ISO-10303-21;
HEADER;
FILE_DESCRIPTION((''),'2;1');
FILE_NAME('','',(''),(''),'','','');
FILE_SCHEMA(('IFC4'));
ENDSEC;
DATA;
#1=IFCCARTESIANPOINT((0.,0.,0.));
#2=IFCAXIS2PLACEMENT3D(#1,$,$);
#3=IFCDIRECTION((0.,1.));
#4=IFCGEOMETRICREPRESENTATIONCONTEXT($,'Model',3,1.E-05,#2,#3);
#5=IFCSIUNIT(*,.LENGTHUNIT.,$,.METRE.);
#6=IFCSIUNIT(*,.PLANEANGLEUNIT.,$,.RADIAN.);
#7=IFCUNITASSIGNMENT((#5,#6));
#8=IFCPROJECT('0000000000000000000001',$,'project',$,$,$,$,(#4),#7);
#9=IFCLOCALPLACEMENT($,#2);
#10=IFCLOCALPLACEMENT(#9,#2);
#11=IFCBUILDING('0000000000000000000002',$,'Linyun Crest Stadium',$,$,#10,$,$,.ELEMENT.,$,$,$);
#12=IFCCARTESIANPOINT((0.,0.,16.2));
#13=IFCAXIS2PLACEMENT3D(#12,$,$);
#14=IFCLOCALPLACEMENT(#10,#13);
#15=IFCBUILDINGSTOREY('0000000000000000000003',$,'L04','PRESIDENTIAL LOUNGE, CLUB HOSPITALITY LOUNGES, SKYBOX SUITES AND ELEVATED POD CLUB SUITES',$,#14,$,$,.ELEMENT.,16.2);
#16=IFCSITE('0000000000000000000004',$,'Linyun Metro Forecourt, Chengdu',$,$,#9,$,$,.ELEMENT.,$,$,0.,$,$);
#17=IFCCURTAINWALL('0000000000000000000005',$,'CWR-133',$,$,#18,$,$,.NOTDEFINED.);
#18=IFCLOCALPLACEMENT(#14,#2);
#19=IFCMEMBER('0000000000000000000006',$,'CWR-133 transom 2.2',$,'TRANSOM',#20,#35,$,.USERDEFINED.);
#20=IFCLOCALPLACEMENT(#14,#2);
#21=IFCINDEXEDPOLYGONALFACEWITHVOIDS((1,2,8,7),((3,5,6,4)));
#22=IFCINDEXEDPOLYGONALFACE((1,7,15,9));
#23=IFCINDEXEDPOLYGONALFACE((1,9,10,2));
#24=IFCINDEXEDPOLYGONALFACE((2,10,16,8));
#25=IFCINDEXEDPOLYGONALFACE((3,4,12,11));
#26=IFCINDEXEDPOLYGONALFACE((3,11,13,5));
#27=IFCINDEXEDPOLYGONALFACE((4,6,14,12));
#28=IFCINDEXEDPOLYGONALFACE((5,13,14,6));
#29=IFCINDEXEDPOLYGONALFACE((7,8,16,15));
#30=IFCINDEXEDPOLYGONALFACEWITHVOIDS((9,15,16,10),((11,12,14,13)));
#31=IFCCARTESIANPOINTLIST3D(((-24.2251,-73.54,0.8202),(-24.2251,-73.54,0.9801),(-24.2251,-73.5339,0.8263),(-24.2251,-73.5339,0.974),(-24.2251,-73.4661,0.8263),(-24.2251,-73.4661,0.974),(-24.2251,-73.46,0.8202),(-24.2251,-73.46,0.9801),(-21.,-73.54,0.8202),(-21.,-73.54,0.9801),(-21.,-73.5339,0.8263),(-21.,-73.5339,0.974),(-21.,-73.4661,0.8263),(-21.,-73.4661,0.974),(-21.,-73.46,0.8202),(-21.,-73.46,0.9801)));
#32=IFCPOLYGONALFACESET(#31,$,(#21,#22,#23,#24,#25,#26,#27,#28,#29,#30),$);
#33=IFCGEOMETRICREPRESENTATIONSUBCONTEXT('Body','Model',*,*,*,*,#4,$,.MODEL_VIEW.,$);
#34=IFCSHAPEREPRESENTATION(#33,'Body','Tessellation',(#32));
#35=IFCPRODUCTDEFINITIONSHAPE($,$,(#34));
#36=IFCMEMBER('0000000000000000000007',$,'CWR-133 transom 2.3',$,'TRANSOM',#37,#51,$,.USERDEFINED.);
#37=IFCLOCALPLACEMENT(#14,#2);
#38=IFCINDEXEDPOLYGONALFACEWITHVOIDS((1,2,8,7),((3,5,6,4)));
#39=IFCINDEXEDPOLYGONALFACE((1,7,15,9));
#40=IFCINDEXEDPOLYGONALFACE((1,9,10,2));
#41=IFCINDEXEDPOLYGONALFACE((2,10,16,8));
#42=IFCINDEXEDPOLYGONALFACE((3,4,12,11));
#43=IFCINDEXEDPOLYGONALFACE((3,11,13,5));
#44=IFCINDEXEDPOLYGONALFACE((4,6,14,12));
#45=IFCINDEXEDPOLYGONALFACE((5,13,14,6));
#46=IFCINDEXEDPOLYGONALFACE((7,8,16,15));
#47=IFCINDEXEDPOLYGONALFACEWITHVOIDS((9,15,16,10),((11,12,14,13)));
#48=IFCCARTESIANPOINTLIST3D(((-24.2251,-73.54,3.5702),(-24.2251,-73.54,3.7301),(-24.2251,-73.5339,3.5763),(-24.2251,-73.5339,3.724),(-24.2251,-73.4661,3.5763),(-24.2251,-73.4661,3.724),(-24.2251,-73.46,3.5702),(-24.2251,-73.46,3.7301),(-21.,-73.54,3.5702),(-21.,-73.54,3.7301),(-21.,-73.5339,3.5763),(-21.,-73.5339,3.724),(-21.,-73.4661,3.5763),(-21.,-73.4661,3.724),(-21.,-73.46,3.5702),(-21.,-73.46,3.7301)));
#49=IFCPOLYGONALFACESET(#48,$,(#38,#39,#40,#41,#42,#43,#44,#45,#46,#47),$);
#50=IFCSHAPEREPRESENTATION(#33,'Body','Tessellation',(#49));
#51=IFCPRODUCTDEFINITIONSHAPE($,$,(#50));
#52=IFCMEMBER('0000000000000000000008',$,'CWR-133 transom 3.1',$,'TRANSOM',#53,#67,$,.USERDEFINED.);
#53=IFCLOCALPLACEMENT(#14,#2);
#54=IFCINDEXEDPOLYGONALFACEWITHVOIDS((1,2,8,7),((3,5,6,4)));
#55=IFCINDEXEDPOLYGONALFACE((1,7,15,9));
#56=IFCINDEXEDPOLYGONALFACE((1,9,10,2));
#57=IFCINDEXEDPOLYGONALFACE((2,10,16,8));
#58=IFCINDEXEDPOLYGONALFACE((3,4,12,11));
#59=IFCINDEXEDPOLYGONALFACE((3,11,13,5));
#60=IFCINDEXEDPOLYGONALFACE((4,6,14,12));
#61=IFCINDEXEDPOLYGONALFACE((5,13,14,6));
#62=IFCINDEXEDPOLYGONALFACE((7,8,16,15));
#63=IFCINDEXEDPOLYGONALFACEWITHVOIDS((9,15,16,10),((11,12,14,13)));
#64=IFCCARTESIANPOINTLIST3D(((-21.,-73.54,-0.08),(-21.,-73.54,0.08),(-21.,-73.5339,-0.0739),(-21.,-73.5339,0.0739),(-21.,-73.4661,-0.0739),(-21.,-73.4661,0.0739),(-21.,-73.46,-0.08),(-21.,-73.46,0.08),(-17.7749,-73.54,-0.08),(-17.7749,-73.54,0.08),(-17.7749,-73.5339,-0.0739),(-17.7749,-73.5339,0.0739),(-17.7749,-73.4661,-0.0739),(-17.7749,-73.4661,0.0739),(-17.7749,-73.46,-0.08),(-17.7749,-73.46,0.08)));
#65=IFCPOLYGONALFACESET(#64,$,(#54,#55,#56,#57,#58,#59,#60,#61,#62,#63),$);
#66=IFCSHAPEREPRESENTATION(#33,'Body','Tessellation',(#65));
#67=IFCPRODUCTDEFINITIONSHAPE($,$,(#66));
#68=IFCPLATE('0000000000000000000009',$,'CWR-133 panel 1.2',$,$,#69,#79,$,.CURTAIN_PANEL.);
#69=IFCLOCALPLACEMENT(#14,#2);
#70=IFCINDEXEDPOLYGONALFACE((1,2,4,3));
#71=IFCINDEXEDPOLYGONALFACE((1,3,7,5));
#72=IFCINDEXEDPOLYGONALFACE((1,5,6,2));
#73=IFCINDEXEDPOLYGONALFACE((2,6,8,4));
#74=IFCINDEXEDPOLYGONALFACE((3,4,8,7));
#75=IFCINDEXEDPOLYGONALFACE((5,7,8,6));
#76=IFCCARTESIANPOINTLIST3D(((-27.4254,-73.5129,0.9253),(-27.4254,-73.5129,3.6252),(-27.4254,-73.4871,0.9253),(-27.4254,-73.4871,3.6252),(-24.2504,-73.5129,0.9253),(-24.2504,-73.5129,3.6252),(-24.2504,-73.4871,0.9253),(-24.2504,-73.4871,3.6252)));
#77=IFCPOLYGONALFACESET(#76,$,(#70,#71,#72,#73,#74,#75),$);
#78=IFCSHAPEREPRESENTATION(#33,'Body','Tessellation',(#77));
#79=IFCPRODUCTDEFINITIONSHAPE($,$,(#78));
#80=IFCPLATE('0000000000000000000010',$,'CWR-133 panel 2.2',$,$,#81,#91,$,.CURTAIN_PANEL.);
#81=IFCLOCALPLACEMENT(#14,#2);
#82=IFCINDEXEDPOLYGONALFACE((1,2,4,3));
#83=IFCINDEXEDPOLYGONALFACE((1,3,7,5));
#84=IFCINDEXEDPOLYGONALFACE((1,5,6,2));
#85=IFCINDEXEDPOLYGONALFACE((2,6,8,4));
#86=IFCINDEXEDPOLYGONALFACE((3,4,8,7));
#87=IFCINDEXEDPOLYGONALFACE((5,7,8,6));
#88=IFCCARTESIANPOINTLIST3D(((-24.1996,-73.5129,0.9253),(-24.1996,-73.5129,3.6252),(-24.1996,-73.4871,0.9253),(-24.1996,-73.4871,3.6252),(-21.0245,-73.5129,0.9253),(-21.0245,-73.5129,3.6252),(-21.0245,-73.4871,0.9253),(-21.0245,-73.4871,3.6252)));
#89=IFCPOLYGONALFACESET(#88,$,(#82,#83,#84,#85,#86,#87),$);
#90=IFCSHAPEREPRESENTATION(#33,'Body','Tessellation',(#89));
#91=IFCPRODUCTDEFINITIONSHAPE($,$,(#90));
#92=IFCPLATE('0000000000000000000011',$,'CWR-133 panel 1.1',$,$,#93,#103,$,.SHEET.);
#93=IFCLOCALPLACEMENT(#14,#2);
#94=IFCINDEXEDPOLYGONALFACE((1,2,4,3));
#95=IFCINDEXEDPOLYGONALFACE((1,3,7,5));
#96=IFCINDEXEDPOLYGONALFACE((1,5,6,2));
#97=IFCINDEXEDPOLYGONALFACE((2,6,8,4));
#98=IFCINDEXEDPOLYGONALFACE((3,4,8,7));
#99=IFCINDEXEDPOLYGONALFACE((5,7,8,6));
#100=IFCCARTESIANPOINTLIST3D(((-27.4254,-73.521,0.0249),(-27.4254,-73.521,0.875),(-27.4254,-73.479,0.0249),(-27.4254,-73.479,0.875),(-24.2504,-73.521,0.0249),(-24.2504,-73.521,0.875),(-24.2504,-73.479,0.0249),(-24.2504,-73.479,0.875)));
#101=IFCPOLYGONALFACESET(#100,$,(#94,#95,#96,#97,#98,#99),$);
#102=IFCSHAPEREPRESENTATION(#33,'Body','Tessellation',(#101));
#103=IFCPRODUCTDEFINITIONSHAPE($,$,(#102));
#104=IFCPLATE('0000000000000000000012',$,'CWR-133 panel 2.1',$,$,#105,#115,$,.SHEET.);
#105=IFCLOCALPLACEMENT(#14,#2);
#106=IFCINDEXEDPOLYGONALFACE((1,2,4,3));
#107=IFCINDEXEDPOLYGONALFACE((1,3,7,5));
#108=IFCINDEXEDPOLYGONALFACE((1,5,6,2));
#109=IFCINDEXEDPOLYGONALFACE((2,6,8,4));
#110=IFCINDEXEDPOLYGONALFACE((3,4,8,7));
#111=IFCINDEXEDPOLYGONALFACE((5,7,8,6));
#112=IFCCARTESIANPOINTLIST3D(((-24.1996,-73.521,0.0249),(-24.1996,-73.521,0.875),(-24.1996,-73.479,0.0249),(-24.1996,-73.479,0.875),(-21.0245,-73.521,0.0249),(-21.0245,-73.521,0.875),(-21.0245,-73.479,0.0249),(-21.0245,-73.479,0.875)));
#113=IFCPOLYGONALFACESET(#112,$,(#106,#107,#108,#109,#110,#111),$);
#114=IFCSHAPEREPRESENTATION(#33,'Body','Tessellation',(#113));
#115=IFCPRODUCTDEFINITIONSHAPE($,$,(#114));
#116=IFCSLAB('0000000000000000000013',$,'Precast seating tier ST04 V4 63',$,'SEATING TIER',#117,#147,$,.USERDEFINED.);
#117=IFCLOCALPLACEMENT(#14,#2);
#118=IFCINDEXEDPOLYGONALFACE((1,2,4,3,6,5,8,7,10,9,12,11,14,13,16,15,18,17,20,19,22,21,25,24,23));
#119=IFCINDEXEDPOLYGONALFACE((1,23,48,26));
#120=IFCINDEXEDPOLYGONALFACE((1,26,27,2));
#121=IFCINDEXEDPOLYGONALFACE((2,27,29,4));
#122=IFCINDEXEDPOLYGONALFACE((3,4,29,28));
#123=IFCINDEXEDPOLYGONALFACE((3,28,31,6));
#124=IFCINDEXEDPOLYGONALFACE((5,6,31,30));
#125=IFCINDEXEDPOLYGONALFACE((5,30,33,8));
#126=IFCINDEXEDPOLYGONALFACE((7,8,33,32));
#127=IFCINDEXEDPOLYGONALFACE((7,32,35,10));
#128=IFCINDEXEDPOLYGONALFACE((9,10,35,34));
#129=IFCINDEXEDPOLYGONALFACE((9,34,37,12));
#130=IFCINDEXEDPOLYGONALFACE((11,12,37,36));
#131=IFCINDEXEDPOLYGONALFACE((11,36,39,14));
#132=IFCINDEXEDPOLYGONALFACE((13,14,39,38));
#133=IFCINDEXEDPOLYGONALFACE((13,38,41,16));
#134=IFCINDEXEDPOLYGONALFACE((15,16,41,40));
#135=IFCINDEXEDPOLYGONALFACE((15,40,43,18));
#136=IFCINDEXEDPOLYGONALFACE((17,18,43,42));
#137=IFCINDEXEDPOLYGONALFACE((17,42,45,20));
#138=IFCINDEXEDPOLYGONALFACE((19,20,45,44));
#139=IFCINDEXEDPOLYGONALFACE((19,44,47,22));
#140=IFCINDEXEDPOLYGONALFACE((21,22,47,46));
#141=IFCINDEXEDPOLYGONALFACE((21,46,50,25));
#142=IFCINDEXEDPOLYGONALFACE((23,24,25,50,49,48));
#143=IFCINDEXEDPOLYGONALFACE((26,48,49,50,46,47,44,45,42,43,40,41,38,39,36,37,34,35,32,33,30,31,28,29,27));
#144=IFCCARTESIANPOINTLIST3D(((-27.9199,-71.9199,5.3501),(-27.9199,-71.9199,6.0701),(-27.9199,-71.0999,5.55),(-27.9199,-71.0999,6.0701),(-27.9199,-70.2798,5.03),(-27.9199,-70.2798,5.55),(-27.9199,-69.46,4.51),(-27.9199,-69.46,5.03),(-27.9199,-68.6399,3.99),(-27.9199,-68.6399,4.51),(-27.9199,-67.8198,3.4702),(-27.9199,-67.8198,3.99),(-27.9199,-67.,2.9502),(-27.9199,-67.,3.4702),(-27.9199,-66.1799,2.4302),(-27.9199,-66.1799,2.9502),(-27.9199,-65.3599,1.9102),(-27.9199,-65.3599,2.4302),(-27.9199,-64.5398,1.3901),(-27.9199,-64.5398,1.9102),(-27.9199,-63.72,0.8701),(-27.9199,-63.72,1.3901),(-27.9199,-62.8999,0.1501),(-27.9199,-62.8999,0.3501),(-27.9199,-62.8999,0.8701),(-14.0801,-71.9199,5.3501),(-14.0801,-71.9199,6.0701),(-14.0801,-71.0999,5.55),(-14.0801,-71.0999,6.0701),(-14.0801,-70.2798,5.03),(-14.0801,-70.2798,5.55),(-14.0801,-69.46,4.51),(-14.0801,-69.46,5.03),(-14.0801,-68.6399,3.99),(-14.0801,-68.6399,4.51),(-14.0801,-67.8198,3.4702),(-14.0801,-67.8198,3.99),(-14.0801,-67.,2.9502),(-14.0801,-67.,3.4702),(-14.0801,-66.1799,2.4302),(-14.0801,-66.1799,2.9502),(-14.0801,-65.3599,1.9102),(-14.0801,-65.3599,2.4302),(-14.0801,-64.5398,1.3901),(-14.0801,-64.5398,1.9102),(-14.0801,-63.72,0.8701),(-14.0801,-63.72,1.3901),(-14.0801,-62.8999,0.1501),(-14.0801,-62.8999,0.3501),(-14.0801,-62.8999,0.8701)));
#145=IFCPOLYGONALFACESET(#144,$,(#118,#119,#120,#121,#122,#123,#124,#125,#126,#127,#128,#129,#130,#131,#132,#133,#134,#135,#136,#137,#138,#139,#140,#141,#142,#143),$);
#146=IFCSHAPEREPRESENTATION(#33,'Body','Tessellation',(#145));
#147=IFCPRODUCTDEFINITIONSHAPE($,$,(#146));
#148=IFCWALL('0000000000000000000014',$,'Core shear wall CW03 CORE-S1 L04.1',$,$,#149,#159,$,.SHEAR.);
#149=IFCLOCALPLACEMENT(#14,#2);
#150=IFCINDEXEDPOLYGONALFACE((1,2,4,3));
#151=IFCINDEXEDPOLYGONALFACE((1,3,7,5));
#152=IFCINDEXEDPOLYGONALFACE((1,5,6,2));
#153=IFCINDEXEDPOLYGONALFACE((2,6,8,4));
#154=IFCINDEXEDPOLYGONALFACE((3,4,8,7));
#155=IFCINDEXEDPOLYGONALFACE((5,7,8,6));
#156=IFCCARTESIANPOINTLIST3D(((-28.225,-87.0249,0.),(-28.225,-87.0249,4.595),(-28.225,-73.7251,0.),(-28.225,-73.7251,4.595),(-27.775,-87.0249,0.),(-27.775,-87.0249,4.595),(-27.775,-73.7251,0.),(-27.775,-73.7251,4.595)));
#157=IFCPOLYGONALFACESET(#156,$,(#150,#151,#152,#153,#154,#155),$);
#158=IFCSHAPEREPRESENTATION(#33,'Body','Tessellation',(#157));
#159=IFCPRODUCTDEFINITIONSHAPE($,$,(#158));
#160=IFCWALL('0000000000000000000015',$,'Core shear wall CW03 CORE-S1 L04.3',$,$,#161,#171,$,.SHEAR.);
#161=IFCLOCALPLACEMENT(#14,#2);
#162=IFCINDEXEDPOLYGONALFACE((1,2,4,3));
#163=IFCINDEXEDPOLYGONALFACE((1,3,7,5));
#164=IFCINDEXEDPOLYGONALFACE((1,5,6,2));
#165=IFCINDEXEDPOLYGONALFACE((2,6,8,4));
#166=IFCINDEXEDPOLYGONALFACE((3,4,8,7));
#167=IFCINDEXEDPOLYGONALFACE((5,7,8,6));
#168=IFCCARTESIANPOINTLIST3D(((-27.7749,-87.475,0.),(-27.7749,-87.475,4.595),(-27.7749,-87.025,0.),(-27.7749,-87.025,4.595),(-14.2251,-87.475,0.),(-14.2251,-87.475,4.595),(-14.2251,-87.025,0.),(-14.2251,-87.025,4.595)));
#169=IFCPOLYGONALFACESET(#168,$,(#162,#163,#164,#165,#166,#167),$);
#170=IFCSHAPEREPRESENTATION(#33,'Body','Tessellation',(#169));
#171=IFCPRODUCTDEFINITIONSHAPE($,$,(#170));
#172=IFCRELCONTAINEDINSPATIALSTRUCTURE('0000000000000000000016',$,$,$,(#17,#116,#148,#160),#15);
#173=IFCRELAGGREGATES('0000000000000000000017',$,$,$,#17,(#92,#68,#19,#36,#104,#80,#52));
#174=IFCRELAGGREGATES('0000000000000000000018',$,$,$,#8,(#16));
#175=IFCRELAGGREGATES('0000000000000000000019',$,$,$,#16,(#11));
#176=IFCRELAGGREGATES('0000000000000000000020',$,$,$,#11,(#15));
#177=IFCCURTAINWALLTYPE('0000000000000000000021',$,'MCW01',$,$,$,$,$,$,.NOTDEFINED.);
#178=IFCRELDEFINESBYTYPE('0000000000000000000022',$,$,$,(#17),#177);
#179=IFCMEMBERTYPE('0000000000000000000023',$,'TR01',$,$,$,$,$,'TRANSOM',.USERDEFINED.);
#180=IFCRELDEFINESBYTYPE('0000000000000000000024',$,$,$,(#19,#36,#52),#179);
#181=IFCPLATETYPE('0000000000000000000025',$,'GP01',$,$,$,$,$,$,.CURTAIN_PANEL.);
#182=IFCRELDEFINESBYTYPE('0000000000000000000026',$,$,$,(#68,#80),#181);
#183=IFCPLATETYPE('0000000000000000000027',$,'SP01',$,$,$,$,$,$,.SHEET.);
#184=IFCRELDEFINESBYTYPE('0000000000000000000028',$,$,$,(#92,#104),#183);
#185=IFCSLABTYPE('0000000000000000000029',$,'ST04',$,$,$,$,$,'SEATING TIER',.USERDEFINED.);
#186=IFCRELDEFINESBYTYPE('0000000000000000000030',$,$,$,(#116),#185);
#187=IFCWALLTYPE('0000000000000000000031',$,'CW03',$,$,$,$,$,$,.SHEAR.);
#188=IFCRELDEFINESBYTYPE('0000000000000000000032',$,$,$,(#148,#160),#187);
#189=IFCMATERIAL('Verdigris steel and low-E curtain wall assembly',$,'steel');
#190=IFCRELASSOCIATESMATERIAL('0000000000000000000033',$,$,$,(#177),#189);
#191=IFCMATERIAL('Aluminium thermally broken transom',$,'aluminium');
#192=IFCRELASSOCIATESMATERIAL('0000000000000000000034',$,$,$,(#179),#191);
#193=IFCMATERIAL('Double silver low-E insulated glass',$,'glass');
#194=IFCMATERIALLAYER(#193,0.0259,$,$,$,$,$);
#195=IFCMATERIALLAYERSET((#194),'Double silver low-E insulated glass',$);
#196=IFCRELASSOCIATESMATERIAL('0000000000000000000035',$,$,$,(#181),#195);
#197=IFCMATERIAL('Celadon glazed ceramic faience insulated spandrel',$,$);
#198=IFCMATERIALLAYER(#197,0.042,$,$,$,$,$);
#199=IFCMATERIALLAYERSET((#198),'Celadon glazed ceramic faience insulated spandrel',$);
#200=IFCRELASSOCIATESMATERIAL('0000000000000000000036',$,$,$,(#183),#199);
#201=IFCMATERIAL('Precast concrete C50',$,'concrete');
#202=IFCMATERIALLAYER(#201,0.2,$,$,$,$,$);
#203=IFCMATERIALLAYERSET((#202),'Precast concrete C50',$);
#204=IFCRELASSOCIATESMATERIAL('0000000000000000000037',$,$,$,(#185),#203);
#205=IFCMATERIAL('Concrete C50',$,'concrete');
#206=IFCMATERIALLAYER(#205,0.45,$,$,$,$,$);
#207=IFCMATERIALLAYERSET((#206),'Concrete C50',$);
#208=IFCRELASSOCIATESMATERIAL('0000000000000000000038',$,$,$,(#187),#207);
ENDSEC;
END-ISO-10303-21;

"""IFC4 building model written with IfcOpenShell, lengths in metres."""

from ifc_helpers import new_model, si_unit, direction, frame, frame_2d, origin, origin_2d, place, context, subcontext, project, spatial, polyline, rectangle, hollow_rectangle, outline, extrude, material, layer, layer_set, material_profile, profile_set, type_object, element, aggregate, save


model = new_model("IFC4")

# Units and contexts
model_context = context("Model", 3, precision=1e-05, world=origin(), true_north=direction((0.0, 1.0)))
body_context = subcontext(model_context, "Body", "Model", "MODEL_VIEW")
ifc_project = project(units=[si_unit("LENGTHUNIT", "METRE"), si_unit("PLANEANGLEUNIT", "RADIAN")], contexts=[model_context])

# Site, building, storey
site_placement = place(None, origin())
site = spatial("IfcSite", under=ifc_project, at=site_placement, Name="Linyun Metro Forecourt, Chengdu", CompositionType="ELEMENT", RefElevation=0.0)
building_placement = place(site_placement, origin())
building = spatial("IfcBuilding", under=site, at=building_placement, Name="Linyun Crest Stadium", CompositionType="ELEMENT")
storey_placement = place(building_placement, frame((0.0, 0.0, 16.2)))
storey = spatial("IfcBuildingStorey", under=building, at=storey_placement, Name="L04", Description="PRESIDENTIAL LOUNGE, CLUB HOSPITALITY LOUNGES, SKYBOX SUITES AND ELEVATED POD CLUB SUITES", CompositionType="ELEMENT", Elevation=16.2)

# Curtain wall
ifc_material_1 = material(Name="Verdigris steel and low-E curtain wall assembly", Category="steel")
curtain_wall_type = type_object("IfcCurtainWallType", Name="MCW01", PredefinedType="NOTDEFINED", material=ifc_material_1)
curtain_wall_placement = place(storey_placement, origin())
curtain_wall = element("IfcCurtainWall", 1, at=curtain_wall_placement, inside=storey, type_object=curtain_wall_type, Name="CWR-133", PredefinedType="NOTDEFINED")

# Members
ifc_material_2 = material(Name="Aluminium thermally broken transom", Category="aluminium")
ifc_material_profile_1 = material_profile(ifc_material_2, hollow_rectangle(XDim=0.0801, YDim=0.1599, WallThickness=0.0061, at=origin_2d()), Name="RHS 160x80x6")
ifc_profile_set_1 = profile_set([ifc_material_profile_1], Name="Aluminium thermally broken transom")
member_type_1 = type_object("IfcMemberType", Name="TR01", ElementType="TRANSOM", PredefinedType="USERDEFINED", material=ifc_profile_set_1)
member_1_placement = place(storey_placement, frame((-24.2251, -73.5, 0.9001), z_axis=(1.0, 0.0, 0.0), x_axis=(0.0, 1.0, 0.0)))
member_1 = element("IfcMember", 2, at=member_1_placement, type_object=member_type_1, Name="CWR-133 transom 2.2", ObjectType="TRANSOM", PredefinedType="USERDEFINED", context=body_context, shape_type="SweptSolid", body=[
    extrude(hollow_rectangle(XDim=0.0801, YDim=0.1599, WallThickness=0.0061, at=origin_2d()), origin(), (0.0, 0.0, 1.0), 3.2251),
])
member_2_placement = place(storey_placement, frame((-24.2251, -73.5, 3.6501), z_axis=(1.0, 0.0, 0.0), x_axis=(0.0, 1.0, 0.0)))
member_2 = element("IfcMember", 3, at=member_2_placement, type_object=member_type_1, Name="CWR-133 transom 2.3", ObjectType="TRANSOM", PredefinedType="USERDEFINED", context=body_context, shape_type="SweptSolid", body=[
    extrude(hollow_rectangle(XDim=0.0801, YDim=0.1599, WallThickness=0.0061, at=origin_2d()), origin(), (0.0, 0.0, 1.0), 3.2251),
])
member_3_placement = place(storey_placement, frame((-21.0, -73.5, 0.0), z_axis=(1.0, 0.0, 0.0), x_axis=(0.0, 1.0, 0.0)))
member_3 = element("IfcMember", 4, at=member_3_placement, type_object=member_type_1, Name="CWR-133 transom 3.1", ObjectType="TRANSOM", PredefinedType="USERDEFINED", context=body_context, shape_type="SweptSolid", body=[
    extrude(hollow_rectangle(XDim=0.0801, YDim=0.1599, WallThickness=0.0061, at=origin_2d()), origin(), (0.0, 0.0, 1.0), 3.2251),
])

# Plates
ifc_material_3 = material(Name="Double silver low-E insulated glass", Category="glass")
ifc_layer_1 = layer(ifc_material_3, 0.0259)
ifc_layer_set_1 = layer_set([ifc_layer_1], Name="Double silver low-E insulated glass")
plate_type_1 = type_object("IfcPlateType", Name="GP01", PredefinedType="CURTAIN_PANEL", material=ifc_layer_set_1)
plate_1_placement = place(storey_placement, frame((-25.8379, -73.5, 0.9253), z_axis=(0.0, 0.0, 1.0), x_axis=(1.0, 0.0, 0.0)))
plate_1 = element("IfcPlate", 5, at=plate_1_placement, type_object=plate_type_1, Name="CWR-133 panel 1.2", PredefinedType="CURTAIN_PANEL", context=body_context, shape_type="SweptSolid", body=[
    extrude(rectangle(XDim=3.175, YDim=0.0259, at=origin_2d()), origin(), (0.0, 0.0, 1.0), 2.7),
])
plate_2_placement = place(storey_placement, frame((-22.6121, -73.5, 0.9253), z_axis=(0.0, 0.0, 1.0), x_axis=(1.0, 0.0, 0.0)))
plate_2 = element("IfcPlate", 6, at=plate_2_placement, type_object=plate_type_1, Name="CWR-133 panel 2.2", PredefinedType="CURTAIN_PANEL", context=body_context, shape_type="SweptSolid", body=[
    extrude(rectangle(XDim=3.175, YDim=0.0259, at=origin_2d()), origin(), (0.0, 0.0, 1.0), 2.7),
])
ifc_material_4 = material(Name="Celadon glazed ceramic faience insulated spandrel")
ifc_layer_2 = layer(ifc_material_4, 0.042)
ifc_layer_set_2 = layer_set([ifc_layer_2], Name="Celadon glazed ceramic faience insulated spandrel")
plate_type_2 = type_object("IfcPlateType", Name="SP01", PredefinedType="SHEET", material=ifc_layer_set_2)
plate_3_placement = place(storey_placement, frame((-25.8379, -73.5, 0.0249), z_axis=(0.0, 0.0, 1.0), x_axis=(1.0, 0.0, 0.0)))
plate_3 = element("IfcPlate", 7, at=plate_3_placement, type_object=plate_type_2, Name="CWR-133 panel 1.1", PredefinedType="SHEET", context=body_context, shape_type="SweptSolid", body=[
    extrude(rectangle(XDim=3.175, YDim=0.042, at=origin_2d()), origin(), (0.0, 0.0, 1.0), 0.8501),
])
plate_4_placement = place(storey_placement, frame((-22.6121, -73.5, 0.0249), z_axis=(0.0, 0.0, 1.0), x_axis=(1.0, 0.0, 0.0)))
plate_4 = element("IfcPlate", 8, at=plate_4_placement, type_object=plate_type_2, Name="CWR-133 panel 2.1", PredefinedType="SHEET", context=body_context, shape_type="SweptSolid", body=[
    extrude(rectangle(XDim=3.175, YDim=0.042, at=origin_2d()), origin(), (0.0, 0.0, 1.0), 0.8501),
])
aggregate(curtain_wall, [plate_3, plate_1, member_1, member_2, plate_4, plate_2, member_3])

# Slab
ifc_material_5 = material(Name="Precast concrete C50", Category="concrete")
ifc_layer_3 = layer(ifc_material_5, 0.2)
ifc_layer_set_3 = layer_set([ifc_layer_3], Name="Precast concrete C50")
slab_type = type_object("IfcSlabType", Name="ST04", ElementType="SEATING TIER", PredefinedType="USERDEFINED", material=ifc_layer_set_3)
slab_placement = place(storey_placement, frame((-27.9199, -62.8999, 0.3501), z_axis=(0.0, 0.0, 1.0), x_axis=(0.0, -1.0, 0.0)))
element("IfcSlab", 9, at=slab_placement, inside=storey, type_object=slab_type, Name="Precast seating tier ST04 V4 63", ObjectType="SEATING TIER", PredefinedType="USERDEFINED", context=body_context, shape_type="SweptSolid", body=[
    extrude(outline(polyline([(0.0, 0.0), (0.0, -0.52), (0.8201, -0.52), (0.8201, -1.04), (1.6399, -1.04), (1.6399, -1.5601), (2.46, -1.5601), (2.46, -2.0801), (3.28, -2.0801), (3.28, -2.6001), (4.1001, -2.6001), (4.1001, -3.1201), (4.9199, -3.1201), (4.9199, -3.6399), (5.74, -3.6399), (5.74, -4.1599), (6.5601, -4.1599), (6.5601, -4.6799), (7.3799, -4.6799), (7.3799, -5.2), (8.2, -5.2), (8.2, -5.72), (9.02, -5.72), (9.02, -5.0), (0.0, 0.2), (0.0, 0.0)])), frame((0.0, 0.0, 0.0), z_axis=(0.0, 1.0, 0.0), x_axis=(1.0, 0.0, 0.0)), (0.0, 0.0, 1.0), 13.8398),
])

# Walls
ifc_material_6 = material(Name="Concrete C50", Category="concrete")
ifc_layer_4 = layer(ifc_material_6, 0.45)
ifc_layer_set_4 = layer_set([ifc_layer_4], Name="Concrete C50")
wall_type_1 = type_object("IfcWallType", Name="CW03", PredefinedType="SHEAR", material=ifc_layer_set_4)
wall_1_placement = place(storey_placement, frame((-28.0, -87.0249, 0.0), z_axis=(0.0, 0.0, 1.0), x_axis=(0.0, 1.0, 0.0)))
element("IfcWall", 10, at=wall_1_placement, inside=storey, type_object=wall_type_1, Name="Core shear wall CW03 CORE-S1 L04.1", PredefinedType="SHEAR", context=body_context, shape_type="SweptSolid", body=[
    extrude(rectangle(XDim=13.2998, YDim=0.45, at=frame_2d((6.6499, 0.0))), origin(), (0.0, 0.0, 1.0), 4.595),
])
wall_2_placement = place(storey_placement, frame((-27.7749, -87.25, 0.0), z_axis=(0.0, 0.0, 1.0), x_axis=(1.0, 0.0, 0.0)))
element("IfcWall", 11, at=wall_2_placement, inside=storey, type_object=wall_type_1, Name="Core shear wall CW03 CORE-S1 L04.3", PredefinedType="SHEAR", context=body_context, shape_type="SweptSolid", body=[
    extrude(rectangle(XDim=13.5498, YDim=0.45, at=frame_2d((6.7749, 0.0))), origin(), (0.0, 0.0, 1.0), 4.595),
])

save(model, "model.ifc")
